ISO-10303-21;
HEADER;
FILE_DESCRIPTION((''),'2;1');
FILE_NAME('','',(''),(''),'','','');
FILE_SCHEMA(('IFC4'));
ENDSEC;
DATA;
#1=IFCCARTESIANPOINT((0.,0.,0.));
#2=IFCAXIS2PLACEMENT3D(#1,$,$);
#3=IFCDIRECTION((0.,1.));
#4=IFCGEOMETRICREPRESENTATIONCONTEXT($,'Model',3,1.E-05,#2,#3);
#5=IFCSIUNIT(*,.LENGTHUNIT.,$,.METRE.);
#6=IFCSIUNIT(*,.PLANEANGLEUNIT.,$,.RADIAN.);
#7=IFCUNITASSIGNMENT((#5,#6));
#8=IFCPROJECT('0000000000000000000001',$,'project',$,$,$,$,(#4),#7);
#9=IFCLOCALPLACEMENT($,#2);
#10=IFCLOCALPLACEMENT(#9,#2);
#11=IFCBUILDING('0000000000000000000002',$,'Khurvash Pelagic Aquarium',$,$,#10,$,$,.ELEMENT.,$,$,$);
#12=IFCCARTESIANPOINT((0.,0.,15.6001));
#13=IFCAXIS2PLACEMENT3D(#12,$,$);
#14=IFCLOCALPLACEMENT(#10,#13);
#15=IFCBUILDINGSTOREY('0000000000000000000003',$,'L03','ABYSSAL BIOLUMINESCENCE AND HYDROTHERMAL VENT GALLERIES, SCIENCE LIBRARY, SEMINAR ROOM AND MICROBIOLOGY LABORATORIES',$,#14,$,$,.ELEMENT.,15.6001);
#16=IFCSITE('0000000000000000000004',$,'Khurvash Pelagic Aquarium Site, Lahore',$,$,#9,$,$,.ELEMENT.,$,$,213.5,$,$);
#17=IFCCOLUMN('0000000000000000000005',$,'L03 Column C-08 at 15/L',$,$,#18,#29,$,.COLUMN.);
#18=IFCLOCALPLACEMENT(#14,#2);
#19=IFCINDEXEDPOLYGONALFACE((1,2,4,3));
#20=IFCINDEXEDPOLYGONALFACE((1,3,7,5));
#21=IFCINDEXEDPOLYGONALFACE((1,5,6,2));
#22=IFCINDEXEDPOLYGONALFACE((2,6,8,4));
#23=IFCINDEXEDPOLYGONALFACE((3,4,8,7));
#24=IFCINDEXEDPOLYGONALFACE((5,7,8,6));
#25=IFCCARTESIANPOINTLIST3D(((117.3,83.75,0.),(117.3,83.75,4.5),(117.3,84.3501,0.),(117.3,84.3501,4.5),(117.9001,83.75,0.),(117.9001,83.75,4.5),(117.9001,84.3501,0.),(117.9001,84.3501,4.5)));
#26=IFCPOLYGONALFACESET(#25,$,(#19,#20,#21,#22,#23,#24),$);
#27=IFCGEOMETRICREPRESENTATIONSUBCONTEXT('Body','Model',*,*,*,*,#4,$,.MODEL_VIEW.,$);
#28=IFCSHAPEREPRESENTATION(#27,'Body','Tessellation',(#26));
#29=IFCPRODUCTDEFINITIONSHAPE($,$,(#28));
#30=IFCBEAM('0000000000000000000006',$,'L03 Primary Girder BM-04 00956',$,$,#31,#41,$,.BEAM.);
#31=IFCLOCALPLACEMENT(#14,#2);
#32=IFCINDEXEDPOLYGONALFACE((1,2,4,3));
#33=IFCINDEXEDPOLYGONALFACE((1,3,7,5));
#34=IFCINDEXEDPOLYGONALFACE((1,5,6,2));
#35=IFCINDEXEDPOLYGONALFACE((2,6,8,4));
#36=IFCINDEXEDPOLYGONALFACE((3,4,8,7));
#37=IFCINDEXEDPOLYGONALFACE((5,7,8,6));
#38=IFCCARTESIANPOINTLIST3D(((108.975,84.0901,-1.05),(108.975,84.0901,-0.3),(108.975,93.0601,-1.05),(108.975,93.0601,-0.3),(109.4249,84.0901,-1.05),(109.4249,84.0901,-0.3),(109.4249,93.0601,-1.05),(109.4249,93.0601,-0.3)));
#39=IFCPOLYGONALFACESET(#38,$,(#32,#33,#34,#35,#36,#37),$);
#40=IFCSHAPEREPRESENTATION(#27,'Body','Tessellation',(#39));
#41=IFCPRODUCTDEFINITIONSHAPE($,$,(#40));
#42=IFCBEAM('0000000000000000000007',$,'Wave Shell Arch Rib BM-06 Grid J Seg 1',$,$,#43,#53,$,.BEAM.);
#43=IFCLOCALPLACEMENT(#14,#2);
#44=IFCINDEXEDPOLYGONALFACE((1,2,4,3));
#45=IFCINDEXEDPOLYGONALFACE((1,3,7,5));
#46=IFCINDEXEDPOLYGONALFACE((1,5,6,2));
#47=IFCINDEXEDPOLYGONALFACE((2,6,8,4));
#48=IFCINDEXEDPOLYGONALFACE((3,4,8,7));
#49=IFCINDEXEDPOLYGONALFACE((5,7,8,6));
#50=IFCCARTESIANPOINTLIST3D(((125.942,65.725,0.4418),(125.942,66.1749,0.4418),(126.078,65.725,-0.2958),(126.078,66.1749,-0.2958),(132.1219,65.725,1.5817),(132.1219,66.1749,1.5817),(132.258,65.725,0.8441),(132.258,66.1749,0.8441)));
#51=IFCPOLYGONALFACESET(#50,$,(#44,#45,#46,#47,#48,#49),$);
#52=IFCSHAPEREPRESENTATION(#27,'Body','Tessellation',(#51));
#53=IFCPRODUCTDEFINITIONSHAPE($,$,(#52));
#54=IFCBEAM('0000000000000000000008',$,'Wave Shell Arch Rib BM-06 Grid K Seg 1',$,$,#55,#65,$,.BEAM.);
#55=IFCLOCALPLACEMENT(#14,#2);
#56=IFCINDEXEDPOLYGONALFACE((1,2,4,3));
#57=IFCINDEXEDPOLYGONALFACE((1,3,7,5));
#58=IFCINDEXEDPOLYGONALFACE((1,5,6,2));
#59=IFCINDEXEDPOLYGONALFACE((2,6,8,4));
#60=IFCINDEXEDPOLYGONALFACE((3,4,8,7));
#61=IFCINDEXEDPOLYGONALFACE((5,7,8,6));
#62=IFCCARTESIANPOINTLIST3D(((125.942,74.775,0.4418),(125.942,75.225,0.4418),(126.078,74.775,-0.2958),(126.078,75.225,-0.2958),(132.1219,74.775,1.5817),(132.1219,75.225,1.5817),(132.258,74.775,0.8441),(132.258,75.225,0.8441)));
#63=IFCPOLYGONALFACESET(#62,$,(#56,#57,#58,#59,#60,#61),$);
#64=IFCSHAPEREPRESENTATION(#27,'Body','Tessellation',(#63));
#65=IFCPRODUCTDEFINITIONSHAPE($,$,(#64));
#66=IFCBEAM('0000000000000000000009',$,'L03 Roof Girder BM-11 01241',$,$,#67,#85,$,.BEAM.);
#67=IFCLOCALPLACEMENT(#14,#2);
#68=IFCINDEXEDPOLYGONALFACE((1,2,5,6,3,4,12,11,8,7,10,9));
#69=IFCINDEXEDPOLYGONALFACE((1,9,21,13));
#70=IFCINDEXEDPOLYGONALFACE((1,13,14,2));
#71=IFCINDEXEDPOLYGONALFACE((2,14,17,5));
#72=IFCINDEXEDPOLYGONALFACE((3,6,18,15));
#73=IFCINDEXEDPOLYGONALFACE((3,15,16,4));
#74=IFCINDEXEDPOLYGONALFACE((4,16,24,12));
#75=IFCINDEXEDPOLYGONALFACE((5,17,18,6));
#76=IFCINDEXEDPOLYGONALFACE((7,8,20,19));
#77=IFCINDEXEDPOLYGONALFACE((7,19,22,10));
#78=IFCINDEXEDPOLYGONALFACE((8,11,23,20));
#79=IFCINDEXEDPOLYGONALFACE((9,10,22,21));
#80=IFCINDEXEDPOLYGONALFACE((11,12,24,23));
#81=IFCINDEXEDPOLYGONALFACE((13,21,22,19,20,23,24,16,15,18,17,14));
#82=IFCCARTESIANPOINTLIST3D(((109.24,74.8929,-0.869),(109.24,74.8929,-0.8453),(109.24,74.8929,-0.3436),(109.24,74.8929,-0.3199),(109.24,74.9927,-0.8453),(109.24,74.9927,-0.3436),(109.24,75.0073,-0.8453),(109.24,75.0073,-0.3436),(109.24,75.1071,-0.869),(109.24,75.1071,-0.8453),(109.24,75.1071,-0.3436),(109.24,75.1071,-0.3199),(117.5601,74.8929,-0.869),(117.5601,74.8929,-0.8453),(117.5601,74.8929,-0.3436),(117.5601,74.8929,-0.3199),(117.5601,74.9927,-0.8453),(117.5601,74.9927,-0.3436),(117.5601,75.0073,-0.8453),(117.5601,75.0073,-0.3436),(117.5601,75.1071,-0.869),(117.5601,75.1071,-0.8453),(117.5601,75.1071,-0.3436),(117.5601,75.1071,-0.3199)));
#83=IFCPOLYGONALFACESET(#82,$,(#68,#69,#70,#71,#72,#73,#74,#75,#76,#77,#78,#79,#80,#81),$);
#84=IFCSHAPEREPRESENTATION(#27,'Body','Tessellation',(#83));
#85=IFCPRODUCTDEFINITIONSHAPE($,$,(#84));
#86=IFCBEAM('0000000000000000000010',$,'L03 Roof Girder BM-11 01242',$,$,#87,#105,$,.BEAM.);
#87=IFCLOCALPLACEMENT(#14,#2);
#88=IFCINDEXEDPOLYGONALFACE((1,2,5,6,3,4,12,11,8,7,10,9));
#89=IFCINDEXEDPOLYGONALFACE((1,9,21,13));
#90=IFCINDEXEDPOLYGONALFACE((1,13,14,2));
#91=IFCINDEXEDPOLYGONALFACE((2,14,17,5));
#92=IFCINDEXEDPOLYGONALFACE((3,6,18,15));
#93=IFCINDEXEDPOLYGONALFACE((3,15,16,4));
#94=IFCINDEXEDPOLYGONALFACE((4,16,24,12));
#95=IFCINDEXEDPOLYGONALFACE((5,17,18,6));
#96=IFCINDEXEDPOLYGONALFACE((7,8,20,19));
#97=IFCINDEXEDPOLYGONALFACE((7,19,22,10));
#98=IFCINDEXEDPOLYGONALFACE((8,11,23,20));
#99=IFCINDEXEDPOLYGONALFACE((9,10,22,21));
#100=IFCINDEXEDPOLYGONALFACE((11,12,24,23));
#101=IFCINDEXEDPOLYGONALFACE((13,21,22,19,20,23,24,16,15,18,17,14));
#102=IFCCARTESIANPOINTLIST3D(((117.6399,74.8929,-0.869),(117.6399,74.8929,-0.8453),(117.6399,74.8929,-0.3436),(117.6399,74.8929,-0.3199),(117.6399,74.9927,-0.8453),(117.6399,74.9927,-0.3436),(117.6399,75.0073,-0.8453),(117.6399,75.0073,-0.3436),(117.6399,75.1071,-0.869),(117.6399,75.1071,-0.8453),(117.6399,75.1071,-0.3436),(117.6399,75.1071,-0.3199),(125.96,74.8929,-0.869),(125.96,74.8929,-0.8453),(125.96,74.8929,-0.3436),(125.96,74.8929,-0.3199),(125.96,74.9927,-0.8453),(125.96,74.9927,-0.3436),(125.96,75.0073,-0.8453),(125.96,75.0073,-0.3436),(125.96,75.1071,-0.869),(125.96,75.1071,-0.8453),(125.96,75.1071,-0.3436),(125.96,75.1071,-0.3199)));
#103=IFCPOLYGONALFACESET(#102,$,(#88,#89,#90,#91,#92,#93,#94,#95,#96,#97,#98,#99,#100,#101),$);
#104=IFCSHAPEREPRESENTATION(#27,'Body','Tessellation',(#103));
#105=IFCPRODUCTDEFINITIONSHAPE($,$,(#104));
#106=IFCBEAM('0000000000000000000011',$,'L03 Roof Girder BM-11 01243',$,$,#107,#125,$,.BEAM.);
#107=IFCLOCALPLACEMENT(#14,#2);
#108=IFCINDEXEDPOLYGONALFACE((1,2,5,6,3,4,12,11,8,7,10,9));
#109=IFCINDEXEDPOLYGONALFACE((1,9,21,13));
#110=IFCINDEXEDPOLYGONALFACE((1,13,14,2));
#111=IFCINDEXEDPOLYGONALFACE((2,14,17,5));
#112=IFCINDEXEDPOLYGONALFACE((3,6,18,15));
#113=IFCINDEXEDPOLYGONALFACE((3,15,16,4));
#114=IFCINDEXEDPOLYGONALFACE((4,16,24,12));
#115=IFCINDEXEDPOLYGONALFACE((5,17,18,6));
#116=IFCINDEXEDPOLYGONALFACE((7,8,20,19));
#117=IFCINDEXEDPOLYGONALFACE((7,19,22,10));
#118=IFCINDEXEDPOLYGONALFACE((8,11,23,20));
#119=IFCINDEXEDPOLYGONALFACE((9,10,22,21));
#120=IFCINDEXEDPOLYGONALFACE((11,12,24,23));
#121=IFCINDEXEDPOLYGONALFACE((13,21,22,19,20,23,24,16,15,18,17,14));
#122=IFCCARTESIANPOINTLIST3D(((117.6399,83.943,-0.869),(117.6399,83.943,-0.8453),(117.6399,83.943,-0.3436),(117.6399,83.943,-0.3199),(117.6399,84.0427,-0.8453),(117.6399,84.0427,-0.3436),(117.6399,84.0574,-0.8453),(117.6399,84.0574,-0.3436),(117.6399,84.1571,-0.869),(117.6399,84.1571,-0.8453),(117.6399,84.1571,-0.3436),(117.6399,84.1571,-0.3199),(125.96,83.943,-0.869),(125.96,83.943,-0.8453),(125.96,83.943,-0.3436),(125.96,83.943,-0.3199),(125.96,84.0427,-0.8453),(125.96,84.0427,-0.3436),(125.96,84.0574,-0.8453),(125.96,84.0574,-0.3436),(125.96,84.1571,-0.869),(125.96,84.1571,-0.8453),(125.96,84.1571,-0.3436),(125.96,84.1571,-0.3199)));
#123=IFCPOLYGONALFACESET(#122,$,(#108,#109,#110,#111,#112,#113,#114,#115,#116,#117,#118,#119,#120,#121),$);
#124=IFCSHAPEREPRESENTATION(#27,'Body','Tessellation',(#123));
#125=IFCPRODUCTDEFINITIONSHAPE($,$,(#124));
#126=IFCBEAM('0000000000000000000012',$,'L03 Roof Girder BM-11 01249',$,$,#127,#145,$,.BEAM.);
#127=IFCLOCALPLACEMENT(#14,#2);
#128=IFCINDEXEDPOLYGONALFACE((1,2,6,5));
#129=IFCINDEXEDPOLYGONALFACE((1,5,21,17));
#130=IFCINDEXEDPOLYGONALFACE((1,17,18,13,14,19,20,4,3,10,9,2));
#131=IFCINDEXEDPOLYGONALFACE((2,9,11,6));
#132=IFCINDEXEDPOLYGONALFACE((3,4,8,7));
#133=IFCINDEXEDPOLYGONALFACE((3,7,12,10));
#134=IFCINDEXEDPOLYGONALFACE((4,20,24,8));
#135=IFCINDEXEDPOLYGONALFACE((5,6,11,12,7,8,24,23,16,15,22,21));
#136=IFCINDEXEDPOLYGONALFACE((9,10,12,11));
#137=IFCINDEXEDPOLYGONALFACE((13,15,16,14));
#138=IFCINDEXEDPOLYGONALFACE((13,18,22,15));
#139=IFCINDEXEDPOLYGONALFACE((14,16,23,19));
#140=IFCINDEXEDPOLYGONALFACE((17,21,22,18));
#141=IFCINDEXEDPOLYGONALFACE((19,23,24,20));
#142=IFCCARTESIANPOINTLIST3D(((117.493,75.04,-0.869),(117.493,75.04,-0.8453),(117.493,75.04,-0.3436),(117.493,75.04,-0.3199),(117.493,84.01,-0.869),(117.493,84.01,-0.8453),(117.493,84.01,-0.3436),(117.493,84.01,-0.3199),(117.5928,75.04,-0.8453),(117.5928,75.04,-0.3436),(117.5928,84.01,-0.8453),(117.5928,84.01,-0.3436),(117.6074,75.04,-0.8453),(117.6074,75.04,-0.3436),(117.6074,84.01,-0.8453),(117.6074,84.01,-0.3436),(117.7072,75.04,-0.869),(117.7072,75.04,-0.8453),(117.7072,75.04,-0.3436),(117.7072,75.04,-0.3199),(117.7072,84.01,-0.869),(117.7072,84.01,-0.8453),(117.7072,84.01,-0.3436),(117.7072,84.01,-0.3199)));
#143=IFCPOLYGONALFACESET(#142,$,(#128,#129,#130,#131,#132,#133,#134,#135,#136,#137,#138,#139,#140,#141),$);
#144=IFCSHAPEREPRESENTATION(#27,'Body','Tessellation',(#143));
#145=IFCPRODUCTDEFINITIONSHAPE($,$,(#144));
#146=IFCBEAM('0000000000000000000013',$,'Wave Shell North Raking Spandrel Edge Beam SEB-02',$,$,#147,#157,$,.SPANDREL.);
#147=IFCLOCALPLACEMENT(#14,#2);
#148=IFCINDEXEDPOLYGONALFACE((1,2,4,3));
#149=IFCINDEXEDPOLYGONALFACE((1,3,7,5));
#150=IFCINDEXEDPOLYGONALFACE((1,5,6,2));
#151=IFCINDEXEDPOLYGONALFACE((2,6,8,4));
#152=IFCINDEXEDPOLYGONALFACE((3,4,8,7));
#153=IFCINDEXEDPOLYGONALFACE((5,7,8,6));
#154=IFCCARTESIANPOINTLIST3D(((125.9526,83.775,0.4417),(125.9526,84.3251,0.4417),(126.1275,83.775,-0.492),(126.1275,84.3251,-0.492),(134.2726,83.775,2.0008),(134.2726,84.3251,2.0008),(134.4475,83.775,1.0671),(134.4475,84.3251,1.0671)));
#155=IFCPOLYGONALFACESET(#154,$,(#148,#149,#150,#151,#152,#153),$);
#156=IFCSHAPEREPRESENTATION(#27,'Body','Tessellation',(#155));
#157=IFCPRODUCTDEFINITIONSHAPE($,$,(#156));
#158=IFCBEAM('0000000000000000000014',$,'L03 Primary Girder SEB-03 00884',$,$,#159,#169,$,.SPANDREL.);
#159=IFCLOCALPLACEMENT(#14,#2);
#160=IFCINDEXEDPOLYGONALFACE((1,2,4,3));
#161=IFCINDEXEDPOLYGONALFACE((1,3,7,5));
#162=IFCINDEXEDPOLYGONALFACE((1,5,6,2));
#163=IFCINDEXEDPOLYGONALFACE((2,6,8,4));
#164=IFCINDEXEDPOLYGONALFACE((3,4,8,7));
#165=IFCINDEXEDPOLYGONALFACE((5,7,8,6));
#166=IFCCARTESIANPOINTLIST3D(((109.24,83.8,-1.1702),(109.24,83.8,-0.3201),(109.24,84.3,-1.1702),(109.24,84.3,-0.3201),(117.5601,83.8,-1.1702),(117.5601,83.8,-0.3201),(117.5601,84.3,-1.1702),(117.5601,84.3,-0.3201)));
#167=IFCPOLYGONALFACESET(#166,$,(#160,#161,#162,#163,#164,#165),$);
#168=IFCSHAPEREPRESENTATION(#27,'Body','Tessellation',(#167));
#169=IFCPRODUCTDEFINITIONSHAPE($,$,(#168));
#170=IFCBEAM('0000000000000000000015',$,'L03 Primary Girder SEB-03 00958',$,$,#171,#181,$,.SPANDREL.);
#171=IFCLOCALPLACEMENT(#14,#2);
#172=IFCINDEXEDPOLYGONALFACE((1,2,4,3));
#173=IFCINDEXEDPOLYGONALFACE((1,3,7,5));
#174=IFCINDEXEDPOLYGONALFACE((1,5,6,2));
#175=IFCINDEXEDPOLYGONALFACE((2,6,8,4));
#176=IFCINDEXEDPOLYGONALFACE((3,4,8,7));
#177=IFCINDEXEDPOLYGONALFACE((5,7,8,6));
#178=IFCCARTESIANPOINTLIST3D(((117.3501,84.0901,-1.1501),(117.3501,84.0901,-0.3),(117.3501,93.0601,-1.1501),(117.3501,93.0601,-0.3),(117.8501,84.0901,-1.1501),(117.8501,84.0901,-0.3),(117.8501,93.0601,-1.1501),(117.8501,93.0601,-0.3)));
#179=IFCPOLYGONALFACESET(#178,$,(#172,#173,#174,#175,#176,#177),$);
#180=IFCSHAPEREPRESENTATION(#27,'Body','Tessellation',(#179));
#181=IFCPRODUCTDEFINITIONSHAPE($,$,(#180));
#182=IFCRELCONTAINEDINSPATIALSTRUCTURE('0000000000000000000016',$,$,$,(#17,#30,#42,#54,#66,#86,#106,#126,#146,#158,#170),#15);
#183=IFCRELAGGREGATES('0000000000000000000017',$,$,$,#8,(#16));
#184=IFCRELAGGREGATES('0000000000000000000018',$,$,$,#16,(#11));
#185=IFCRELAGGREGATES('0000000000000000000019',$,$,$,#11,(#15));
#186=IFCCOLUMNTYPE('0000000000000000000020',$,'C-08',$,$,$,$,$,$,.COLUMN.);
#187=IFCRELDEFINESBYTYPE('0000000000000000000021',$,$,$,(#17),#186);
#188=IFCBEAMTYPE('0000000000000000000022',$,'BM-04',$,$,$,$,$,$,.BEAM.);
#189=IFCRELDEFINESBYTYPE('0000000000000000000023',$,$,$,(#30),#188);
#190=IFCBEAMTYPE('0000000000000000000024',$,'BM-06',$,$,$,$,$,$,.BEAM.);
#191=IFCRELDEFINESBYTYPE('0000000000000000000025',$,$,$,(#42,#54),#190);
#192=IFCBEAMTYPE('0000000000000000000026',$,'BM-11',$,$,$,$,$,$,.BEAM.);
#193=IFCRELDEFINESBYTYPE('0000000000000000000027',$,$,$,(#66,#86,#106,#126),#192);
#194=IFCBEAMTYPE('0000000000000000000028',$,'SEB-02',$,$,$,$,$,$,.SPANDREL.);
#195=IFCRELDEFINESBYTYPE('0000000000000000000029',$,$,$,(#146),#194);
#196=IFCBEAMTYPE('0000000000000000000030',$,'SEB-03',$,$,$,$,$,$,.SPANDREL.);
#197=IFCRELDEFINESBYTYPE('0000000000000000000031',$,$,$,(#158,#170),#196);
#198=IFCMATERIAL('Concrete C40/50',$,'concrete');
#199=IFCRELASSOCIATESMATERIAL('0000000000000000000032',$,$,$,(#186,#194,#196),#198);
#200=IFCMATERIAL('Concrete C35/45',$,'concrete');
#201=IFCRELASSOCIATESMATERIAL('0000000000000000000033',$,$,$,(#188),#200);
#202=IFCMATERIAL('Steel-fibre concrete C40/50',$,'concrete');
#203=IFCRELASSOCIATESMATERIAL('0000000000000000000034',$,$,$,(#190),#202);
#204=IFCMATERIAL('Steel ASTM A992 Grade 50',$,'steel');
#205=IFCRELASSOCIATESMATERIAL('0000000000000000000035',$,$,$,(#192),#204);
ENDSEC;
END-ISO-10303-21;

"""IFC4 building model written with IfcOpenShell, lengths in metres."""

from ifc_helpers import new_model, si_unit, direction, frame, origin, origin_2d, place, context, subcontext, project, spatial, rectangle, i_section, extrude, material, material_profile, profile_set, type_object, element, save


model = new_model("IFC4")

# Units and contexts
model_context = context("Model", 3, precision=1e-05, world=origin(), true_north=direction((0.0, 1.0)))
body_context = subcontext(model_context, "Body", "Model", "MODEL_VIEW")
ifc_project = project(units=[si_unit("LENGTHUNIT", "METRE"), si_unit("PLANEANGLEUNIT", "RADIAN")], contexts=[model_context])

# Site, building, storey
site_placement = place(None, origin())
site = spatial("IfcSite", under=ifc_project, at=site_placement, Name="Khurvash Pelagic Aquarium Site, Lahore", CompositionType="ELEMENT", RefElevation=213.5)
building_placement = place(site_placement, origin())
building = spatial("IfcBuilding", under=site, at=building_placement, Name="Khurvash Pelagic Aquarium", CompositionType="ELEMENT")
storey_placement = place(building_placement, frame((0.0, 0.0, 15.6001)))
storey = spatial("IfcBuildingStorey", under=building, at=storey_placement, Name="L03", Description="ABYSSAL BIOLUMINESCENCE AND HYDROTHERMAL VENT GALLERIES, SCIENCE LIBRARY, SEMINAR ROOM AND MICROBIOLOGY LABORATORIES", CompositionType="ELEMENT", Elevation=15.6001)

# Column
ifc_material_1 = material(Name="Concrete C40/50", Category="concrete")
ifc_material_profile_1 = material_profile(ifc_material_1, rectangle(XDim=0.6001, YDim=0.6001, at=origin_2d()), Name="RC600X600")
ifc_profile_set_1 = profile_set([ifc_material_profile_1], Name="Concrete C40/50")
column_type = type_object("IfcColumnType", Name="C-08", PredefinedType="COLUMN", material=ifc_profile_set_1)
column_placement = place(storey_placement, frame((117.6001, 84.05, 0.0), z_axis=(0.0, 0.0, 1.0), x_axis=(1.0, 0.0, 0.0)))
element("IfcColumn", 1, at=column_placement, inside=storey, type_object=column_type, Name="L03 Column C-08 at 15/L", PredefinedType="COLUMN", context=body_context, shape_type="SweptSolid", body=[
    extrude(rectangle(XDim=0.6001, YDim=0.6001, at=origin_2d()), origin(), (0.0, 0.0, 1.0), 4.5),
])

# Beams
ifc_material_2 = material(Name="Concrete C35/45", Category="concrete")
ifc_material_profile_2 = material_profile(ifc_material_2, rectangle(XDim=0.45, YDim=0.75, at=origin_2d()), Name="RC450X750")
ifc_profile_set_2 = profile_set([ifc_material_profile_2], Name="Concrete C35/45")
beam_type_1 = type_object("IfcBeamType", Name="BM-04", PredefinedType="BEAM", material=ifc_profile_set_2)
beam_1_placement = place(storey_placement, frame((109.2, 84.0901, -0.675), z_axis=(0.0, 1.0, 0.0), x_axis=(-1.0, 0.0, 0.0)))
element("IfcBeam", 2, at=beam_1_placement, inside=storey, type_object=beam_type_1, Name="L03 Primary Girder BM-04 00956", PredefinedType="BEAM", context=body_context, shape_type="SweptSolid", body=[
    extrude(rectangle(XDim=0.45, YDim=0.75, at=origin_2d()), origin(), (0.0, 0.0, 1.0), 8.97),
])
ifc_material_3 = material(Name="Steel-fibre concrete C40/50", Category="concrete")
ifc_material_profile_3 = material_profile(ifc_material_3, rectangle(XDim=0.45, YDim=0.75, at=origin_2d()), Name="RC450X750")
ifc_profile_set_3 = profile_set([ifc_material_profile_3], Name="Steel-fibre concrete C40/50")
beam_type_2 = type_object("IfcBeamType", Name="BM-06", PredefinedType="BEAM", material=ifc_profile_set_3)
for number, where, z_axis, x_axis, name in (
    (3, (126.01, 65.95, 0.073), (0.983411, 0.0, 0.181391), (0.0, 1.0, 0.0), "Wave Shell Arch Rib BM-06 Grid J Seg 1"),
    (4, (126.01, 75.0, 0.073), (0.983411, 0.0, 0.181391), (0.0, 1.0, 0.0), "Wave Shell Arch Rib BM-06 Grid K Seg 1"),
):
    element("IfcBeam", number, at=place(storey_placement, frame(where, z_axis=z_axis, x_axis=x_axis)), inside=storey, type_object=beam_type_2, Name=name, PredefinedType="BEAM", context=body_context, shape_type="SweptSolid", body=[
        extrude(rectangle(XDim=0.45, YDim=0.75, at=origin_2d()), origin(), (0.0, 0.0, 1.0), 6.2842),
    ])
ifc_material_4 = material(Name="Steel ASTM A992 Grade 50", Category="steel")
ifc_material_profile_4 = material_profile(ifc_material_4, i_section(OverallWidth=0.2141, OverallDepth=0.5491, WebThickness=0.0146, FlangeThickness=0.0237, at=origin_2d()), Name="W21X93")
ifc_profile_set_4 = profile_set([ifc_material_profile_4], Name="Steel ASTM A992 Grade 50")
beam_type_3 = type_object("IfcBeamType", Name="BM-11", PredefinedType="BEAM", material=ifc_profile_set_4)
for number, where, z_axis, x_axis, name in (
    (5, (109.24, 75.0, -0.5945), (1.0, 0.0, 0.0), (0.0, 1.0, 0.0), "L03 Roof Girder BM-11 01241"),
    (6, (117.6399, 75.0, -0.5945), (1.0, 0.0, 0.0), (0.0, 1.0, 0.0), "L03 Roof Girder BM-11 01242"),
    (7, (117.6399, 84.05, -0.5945), (1.0, 0.0, 0.0), (0.0, 1.0, 0.0), "L03 Roof Girder BM-11 01243"),
):
    element("IfcBeam", number, at=place(storey_placement, frame(where, z_axis=z_axis, x_axis=x_axis)), inside=storey, type_object=beam_type_3, Name=name, PredefinedType="BEAM", context=body_context, shape_type="SweptSolid", body=[
        extrude(i_section(OverallWidth=0.2141, OverallDepth=0.5491, WebThickness=0.0146, FlangeThickness=0.0237, at=origin_2d()), origin(), (0.0, 0.0, 1.0), 8.3201),
    ])
beam_2_placement = place(storey_placement, frame((117.6001, 75.04, -0.5945), z_axis=(0.0, 1.0, 0.0), x_axis=(-1.0, 0.0, 0.0)))
element("IfcBeam", 8, at=beam_2_placement, inside=storey, type_object=beam_type_3, Name="L03 Roof Girder BM-11 01249", PredefinedType="BEAM", context=body_context, shape_type="SweptSolid", body=[
    extrude(i_section(OverallWidth=0.2141, OverallDepth=0.5491, WebThickness=0.0146, FlangeThickness=0.0237, at=origin_2d()), origin(), (0.0, 0.0, 1.0), 8.97),
])
ifc_material_profile_5 = material_profile(ifc_material_1, rectangle(XDim=0.55, YDim=0.95, at=origin_2d()), Name="RC550X950")
ifc_profile_set_5 = profile_set([ifc_material_profile_5], Name="Concrete C40/50")
beam_type_4 = type_object("IfcBeamType", Name="SEB-02", PredefinedType="SPANDREL", material=ifc_profile_set_5)
beam_3_placement = place(storey_placement, frame((126.04, 84.05, -0.0251), z_axis=(0.982892, 0.0, 0.184182), x_axis=(0.0, 1.0, 0.0)))
element("IfcBeam", 9, at=beam_3_placement, inside=storey, type_object=beam_type_4, Name="Wave Shell North Raking Spandrel Edge Beam SEB-02", PredefinedType="SPANDREL", context=body_context, shape_type="SweptSolid", body=[
    extrude(rectangle(XDim=0.55, YDim=0.95, at=origin_2d()), origin(), (0.0, 0.0, 1.0), 8.4648),
])
ifc_material_profile_6 = material_profile(ifc_material_1, rectangle(XDim=0.5, YDim=0.8501, at=origin_2d()), Name="RC500X850")
ifc_profile_set_6 = profile_set([ifc_material_profile_6], Name="Concrete C40/50")
beam_type_5 = type_object("IfcBeamType", Name="SEB-03", PredefinedType="SPANDREL", material=ifc_profile_set_6)
beam_4_placement = place(storey_placement, frame((109.24, 84.05, -0.7451), z_axis=(1.0, 0.0, 0.0), x_axis=(0.0, 1.0, 0.0)))
element("IfcBeam", 10, at=beam_4_placement, inside=storey, type_object=beam_type_5, Name="L03 Primary Girder SEB-03 00884", PredefinedType="SPANDREL", context=body_context, shape_type="SweptSolid", body=[
    extrude(rectangle(XDim=0.5, YDim=0.8501, at=origin_2d()), origin(), (0.0, 0.0, 1.0), 8.3201),
])
beam_5_placement = place(storey_placement, frame((117.6001, 84.0901, -0.7251), z_axis=(0.0, 1.0, 0.0), x_axis=(-1.0, 0.0, 0.0)))
element("IfcBeam", 11, at=beam_5_placement, inside=storey, type_object=beam_type_5, Name="L03 Primary Girder SEB-03 00958", PredefinedType="SPANDREL", context=body_context, shape_type="SweptSolid", body=[
    extrude(rectangle(XDim=0.5, YDim=0.8501, at=origin_2d()), origin(), (0.0, 0.0, 1.0), 8.97),
])

save(model, "model.ifc")
